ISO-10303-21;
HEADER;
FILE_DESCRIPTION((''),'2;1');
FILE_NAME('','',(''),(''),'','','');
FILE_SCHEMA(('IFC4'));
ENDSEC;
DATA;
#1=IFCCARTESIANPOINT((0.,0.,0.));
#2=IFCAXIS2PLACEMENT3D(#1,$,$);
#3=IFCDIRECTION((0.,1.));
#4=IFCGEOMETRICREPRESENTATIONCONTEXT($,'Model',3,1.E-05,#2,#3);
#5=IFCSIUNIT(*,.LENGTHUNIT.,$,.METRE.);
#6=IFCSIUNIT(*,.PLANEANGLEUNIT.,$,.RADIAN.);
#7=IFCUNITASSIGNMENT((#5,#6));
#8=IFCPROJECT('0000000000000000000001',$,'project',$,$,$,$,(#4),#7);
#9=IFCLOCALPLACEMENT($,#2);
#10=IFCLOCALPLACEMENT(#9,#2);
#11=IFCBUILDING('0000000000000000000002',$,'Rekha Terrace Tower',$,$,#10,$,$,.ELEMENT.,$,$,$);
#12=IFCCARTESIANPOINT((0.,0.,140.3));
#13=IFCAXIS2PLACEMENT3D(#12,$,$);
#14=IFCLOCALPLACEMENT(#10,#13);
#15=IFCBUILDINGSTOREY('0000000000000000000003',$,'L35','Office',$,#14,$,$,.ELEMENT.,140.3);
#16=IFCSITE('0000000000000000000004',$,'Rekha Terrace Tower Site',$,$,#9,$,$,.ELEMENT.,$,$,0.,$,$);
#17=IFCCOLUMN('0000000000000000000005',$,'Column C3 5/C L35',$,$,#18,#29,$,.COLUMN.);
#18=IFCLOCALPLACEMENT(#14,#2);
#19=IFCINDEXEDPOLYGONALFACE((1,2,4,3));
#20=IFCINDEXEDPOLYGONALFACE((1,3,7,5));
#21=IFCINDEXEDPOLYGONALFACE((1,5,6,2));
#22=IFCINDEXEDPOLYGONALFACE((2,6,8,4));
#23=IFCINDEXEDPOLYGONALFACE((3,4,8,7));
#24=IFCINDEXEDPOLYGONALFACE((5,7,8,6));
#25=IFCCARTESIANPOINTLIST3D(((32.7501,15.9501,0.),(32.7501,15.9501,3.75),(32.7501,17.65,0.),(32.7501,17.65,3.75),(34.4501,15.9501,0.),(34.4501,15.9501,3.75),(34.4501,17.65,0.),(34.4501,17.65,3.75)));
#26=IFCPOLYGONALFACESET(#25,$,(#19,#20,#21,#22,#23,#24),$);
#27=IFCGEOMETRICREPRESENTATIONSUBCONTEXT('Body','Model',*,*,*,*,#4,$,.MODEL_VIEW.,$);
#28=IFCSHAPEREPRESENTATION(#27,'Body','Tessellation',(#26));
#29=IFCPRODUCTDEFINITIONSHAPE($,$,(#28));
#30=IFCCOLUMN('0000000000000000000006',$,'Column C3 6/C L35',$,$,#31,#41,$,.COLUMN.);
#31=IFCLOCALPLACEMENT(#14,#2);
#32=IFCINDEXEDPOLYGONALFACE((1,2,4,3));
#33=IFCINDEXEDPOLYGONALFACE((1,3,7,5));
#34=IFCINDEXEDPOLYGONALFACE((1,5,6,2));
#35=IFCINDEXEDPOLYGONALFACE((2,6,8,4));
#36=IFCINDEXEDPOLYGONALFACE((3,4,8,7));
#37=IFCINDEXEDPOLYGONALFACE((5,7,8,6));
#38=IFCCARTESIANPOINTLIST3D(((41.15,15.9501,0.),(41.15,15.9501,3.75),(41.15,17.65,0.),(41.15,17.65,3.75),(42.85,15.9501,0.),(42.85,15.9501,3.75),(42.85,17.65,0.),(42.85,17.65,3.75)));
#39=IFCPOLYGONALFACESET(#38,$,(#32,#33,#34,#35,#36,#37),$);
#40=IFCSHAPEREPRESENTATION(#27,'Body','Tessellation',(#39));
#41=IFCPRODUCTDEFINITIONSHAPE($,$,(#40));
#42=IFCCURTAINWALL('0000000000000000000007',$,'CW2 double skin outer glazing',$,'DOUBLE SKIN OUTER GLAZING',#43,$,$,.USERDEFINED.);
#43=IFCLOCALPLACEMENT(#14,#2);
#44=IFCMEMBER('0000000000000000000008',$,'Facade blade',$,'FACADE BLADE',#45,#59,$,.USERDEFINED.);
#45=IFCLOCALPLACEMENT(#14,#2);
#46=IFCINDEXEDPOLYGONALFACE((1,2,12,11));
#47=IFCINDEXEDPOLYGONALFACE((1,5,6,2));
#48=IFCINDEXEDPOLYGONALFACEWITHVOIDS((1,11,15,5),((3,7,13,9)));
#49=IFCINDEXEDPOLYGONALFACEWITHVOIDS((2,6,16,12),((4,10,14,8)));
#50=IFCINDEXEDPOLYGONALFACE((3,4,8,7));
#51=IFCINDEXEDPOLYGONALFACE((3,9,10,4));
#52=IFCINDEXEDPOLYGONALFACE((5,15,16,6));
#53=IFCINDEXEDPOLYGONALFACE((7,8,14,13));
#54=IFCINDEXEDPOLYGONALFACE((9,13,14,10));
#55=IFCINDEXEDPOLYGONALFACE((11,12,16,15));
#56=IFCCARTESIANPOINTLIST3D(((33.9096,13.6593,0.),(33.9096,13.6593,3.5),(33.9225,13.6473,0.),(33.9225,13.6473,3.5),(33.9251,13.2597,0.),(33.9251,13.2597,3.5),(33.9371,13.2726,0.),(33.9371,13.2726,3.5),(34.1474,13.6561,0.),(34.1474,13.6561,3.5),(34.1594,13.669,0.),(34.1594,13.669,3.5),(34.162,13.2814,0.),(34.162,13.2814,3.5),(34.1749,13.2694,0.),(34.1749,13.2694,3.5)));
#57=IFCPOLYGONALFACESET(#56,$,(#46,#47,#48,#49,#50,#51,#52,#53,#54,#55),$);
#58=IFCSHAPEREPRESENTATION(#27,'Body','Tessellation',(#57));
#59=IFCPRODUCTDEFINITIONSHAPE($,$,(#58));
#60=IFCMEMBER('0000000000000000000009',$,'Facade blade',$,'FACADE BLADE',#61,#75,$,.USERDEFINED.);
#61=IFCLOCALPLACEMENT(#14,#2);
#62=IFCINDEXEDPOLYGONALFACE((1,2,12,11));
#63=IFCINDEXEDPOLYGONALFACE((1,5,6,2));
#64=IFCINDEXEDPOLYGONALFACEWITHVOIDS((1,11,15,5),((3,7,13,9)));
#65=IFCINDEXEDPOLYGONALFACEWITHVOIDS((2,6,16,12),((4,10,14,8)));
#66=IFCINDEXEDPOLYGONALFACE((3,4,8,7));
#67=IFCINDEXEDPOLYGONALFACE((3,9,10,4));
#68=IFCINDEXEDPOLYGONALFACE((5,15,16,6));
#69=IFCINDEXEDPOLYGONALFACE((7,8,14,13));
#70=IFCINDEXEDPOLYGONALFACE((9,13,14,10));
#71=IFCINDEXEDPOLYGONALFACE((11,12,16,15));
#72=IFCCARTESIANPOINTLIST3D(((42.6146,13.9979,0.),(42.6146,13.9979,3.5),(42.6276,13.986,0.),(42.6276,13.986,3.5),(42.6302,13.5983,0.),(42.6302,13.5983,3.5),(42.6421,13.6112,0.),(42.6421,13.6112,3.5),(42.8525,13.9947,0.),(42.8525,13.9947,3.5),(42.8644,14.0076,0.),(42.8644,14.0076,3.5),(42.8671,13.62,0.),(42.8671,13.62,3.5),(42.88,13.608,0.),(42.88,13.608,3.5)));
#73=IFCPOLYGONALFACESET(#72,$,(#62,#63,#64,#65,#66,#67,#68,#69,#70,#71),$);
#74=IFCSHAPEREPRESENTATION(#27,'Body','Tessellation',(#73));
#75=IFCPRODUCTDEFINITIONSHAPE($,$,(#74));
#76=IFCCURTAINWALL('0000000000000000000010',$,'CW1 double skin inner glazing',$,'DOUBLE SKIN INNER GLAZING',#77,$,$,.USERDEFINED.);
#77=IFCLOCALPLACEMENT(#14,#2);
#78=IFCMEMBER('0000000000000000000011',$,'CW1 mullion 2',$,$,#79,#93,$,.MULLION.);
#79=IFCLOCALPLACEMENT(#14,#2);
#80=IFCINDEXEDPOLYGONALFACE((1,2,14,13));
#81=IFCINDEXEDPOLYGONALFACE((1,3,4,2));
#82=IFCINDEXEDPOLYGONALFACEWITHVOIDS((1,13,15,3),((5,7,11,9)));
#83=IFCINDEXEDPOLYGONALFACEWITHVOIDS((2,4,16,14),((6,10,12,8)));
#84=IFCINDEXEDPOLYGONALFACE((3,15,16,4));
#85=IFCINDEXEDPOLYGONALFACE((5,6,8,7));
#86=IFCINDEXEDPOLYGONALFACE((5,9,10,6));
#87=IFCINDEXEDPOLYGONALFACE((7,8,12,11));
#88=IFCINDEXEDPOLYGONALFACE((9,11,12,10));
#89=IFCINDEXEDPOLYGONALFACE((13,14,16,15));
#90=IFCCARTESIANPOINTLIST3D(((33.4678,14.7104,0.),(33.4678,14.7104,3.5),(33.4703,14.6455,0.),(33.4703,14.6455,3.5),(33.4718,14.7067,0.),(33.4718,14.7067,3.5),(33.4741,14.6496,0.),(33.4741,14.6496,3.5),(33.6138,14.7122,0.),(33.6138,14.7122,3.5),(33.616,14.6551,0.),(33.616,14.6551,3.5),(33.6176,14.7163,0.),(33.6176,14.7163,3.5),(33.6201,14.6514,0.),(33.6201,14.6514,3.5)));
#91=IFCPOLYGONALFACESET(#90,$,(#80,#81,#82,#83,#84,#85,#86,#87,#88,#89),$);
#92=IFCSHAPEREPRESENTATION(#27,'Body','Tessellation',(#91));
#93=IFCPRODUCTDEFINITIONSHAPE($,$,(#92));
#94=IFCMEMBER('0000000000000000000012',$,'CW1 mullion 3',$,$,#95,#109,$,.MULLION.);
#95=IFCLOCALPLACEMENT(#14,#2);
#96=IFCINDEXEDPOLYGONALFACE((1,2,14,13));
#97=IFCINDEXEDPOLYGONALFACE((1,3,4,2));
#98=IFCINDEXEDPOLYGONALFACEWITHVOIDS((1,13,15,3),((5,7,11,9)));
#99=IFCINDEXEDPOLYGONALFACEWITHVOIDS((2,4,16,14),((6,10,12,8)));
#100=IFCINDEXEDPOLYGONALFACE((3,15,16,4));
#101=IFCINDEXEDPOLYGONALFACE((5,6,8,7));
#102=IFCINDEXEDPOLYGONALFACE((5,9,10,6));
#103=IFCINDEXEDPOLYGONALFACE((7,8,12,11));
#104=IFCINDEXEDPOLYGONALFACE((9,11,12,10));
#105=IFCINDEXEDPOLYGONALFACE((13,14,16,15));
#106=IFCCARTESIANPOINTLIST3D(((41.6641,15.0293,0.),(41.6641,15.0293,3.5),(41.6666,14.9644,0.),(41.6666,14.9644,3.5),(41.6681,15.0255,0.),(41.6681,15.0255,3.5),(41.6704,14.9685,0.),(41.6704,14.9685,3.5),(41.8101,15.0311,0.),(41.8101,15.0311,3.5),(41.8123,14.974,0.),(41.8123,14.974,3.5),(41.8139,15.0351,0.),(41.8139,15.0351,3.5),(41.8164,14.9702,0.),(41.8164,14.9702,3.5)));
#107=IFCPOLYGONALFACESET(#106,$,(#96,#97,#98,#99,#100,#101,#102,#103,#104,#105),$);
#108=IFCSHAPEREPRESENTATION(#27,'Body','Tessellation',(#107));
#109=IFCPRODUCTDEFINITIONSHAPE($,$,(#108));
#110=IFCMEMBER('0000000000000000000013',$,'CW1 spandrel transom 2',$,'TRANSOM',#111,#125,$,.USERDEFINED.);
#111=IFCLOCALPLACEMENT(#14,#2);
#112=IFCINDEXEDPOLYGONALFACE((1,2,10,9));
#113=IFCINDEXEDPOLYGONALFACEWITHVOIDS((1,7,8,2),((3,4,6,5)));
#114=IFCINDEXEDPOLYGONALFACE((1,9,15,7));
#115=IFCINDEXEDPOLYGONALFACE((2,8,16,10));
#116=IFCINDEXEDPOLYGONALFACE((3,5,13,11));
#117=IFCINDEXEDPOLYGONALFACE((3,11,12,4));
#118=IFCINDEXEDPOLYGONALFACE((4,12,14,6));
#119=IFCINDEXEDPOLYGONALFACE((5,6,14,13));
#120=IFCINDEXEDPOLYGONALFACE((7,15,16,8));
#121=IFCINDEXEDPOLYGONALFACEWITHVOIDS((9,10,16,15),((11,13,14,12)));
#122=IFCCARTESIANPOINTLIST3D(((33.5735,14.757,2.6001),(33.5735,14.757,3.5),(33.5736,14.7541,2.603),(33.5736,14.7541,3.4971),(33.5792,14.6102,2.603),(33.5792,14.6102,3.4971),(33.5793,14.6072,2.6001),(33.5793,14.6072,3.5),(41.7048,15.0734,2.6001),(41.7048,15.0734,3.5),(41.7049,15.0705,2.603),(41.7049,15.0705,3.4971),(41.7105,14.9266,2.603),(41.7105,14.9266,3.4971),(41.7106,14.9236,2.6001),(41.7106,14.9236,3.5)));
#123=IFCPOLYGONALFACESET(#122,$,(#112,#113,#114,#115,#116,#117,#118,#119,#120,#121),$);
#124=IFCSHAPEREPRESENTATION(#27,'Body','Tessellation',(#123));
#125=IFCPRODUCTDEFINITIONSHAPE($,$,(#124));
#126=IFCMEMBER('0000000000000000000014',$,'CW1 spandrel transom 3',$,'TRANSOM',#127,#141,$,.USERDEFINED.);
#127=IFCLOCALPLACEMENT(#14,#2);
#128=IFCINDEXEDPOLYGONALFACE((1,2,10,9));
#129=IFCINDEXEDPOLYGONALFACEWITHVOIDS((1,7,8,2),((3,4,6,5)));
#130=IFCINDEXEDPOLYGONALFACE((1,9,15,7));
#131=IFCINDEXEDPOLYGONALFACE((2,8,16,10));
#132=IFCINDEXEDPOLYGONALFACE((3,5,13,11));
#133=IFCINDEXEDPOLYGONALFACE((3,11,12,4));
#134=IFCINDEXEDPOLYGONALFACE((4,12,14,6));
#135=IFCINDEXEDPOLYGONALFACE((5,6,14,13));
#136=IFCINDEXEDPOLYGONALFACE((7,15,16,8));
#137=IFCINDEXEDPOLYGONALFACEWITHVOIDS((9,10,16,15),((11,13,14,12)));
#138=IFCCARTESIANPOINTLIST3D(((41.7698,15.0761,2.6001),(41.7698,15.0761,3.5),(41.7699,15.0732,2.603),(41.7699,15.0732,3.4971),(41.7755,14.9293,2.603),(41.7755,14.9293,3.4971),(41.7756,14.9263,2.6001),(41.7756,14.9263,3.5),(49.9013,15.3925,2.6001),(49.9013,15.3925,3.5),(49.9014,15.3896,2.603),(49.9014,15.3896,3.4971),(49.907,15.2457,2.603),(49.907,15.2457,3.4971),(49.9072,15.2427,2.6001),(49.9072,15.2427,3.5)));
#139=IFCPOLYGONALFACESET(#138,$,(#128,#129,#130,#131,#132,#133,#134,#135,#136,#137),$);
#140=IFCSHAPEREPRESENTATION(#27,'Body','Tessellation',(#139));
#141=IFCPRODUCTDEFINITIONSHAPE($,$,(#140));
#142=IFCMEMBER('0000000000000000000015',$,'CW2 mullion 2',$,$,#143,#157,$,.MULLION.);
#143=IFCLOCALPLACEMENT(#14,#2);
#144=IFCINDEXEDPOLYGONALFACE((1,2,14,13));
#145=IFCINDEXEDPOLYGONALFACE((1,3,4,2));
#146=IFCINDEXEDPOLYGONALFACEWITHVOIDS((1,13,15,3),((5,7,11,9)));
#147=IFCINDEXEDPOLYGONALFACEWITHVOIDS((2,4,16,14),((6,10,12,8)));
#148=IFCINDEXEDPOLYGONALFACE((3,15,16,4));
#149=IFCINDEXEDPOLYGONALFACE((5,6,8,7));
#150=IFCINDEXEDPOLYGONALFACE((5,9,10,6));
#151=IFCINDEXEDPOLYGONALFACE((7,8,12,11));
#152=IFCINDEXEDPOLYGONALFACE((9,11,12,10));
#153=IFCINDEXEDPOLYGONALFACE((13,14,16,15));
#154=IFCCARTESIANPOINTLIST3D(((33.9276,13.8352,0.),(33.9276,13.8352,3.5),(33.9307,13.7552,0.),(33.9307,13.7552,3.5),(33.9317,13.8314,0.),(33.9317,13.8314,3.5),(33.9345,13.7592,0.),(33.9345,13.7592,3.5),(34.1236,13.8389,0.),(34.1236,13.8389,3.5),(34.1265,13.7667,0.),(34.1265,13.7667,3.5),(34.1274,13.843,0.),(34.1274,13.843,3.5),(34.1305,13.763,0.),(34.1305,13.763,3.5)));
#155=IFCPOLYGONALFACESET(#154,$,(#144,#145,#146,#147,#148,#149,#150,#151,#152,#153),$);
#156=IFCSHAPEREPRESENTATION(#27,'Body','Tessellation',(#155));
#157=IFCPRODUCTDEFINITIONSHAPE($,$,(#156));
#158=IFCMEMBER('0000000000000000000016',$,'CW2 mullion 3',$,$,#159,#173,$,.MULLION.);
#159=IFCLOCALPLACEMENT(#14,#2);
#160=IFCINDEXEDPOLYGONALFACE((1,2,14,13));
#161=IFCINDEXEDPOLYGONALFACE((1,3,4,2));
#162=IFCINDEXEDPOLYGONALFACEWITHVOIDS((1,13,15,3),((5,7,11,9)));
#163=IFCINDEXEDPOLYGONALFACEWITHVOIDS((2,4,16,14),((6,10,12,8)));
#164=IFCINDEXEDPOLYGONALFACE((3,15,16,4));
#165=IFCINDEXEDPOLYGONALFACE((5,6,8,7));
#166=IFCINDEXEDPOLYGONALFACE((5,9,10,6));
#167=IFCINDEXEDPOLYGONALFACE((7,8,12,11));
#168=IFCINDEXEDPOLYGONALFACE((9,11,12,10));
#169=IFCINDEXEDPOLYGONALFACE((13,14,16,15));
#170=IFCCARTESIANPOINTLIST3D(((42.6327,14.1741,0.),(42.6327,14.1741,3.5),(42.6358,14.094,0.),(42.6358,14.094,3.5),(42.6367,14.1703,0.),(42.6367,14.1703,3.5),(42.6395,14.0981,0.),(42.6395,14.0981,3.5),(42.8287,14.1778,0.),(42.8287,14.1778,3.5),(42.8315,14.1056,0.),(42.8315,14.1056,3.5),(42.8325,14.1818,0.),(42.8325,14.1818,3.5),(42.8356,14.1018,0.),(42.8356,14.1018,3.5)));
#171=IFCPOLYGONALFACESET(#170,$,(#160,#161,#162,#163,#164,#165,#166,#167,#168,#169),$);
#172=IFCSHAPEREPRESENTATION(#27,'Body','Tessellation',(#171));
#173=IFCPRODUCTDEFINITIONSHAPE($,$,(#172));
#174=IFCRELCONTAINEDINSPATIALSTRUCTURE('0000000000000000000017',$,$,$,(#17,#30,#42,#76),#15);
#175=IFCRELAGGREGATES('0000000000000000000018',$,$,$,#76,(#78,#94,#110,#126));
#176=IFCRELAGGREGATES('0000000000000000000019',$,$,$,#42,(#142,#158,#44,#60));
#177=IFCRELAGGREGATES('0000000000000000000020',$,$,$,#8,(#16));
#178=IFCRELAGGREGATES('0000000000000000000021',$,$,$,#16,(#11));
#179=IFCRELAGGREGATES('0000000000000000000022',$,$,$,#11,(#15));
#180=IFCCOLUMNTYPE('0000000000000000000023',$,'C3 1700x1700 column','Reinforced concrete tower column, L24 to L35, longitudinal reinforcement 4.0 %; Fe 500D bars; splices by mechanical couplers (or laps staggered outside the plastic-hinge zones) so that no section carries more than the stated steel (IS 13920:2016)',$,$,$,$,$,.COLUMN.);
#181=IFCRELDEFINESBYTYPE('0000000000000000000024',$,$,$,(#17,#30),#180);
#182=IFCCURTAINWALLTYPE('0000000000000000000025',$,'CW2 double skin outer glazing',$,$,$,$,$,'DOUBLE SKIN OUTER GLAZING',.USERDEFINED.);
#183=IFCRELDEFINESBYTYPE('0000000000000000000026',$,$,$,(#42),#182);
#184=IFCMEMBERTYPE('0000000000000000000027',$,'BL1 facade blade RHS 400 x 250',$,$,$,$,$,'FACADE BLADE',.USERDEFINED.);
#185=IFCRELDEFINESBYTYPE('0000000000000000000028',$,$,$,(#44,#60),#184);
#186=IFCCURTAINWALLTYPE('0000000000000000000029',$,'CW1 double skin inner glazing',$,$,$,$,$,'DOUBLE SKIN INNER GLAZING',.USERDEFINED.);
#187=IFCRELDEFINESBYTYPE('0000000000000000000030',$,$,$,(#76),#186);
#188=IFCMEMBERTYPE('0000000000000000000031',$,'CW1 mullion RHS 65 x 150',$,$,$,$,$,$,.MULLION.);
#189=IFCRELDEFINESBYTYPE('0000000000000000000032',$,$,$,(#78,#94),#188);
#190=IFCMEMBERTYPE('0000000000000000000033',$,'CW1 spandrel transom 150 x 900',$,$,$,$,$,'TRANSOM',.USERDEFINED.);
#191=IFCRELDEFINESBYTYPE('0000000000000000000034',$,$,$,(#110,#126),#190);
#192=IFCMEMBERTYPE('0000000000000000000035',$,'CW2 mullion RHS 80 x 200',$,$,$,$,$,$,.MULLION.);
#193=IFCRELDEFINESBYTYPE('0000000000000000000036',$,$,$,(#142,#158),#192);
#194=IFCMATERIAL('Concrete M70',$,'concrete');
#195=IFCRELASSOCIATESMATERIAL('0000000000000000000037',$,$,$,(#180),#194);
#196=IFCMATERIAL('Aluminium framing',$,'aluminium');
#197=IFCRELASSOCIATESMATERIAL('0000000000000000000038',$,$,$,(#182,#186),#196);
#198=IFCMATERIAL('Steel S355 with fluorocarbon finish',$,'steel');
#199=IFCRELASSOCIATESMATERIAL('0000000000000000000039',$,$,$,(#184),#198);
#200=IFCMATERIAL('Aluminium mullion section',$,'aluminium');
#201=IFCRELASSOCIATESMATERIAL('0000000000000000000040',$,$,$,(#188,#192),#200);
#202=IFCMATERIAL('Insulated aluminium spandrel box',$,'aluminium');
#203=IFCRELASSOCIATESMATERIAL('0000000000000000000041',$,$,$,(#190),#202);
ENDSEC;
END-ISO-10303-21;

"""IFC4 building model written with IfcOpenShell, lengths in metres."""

from ifc_helpers import new_model, si_unit, direction, frame, origin, origin_2d, place, context, subcontext, project, spatial, rectangle, hollow_rectangle, extrude, material, material_profile, profile_set, type_object, element, aggregate, save


model = new_model("IFC4")

# Units and contexts
model_context = context("Model", 3, precision=1e-05, world=origin(), true_north=direction((0.0, 1.0)))
body_context = subcontext(model_context, "Body", "Model", "MODEL_VIEW")
ifc_project = project(units=[si_unit("LENGTHUNIT", "METRE"), si_unit("PLANEANGLEUNIT", "RADIAN")], contexts=[model_context])

# Site, building, storey
site_placement = place(None, origin())
site = spatial("IfcSite", under=ifc_project, at=site_placement, Name="Rekha Terrace Tower Site", CompositionType="ELEMENT", RefElevation=0.0)
building_placement = place(site_placement, origin())
building = spatial("IfcBuilding", under=site, at=building_placement, Name="Rekha Terrace Tower", CompositionType="ELEMENT")
storey_placement = place(building_placement, frame((0.0, 0.0, 140.3)))
storey = spatial("IfcBuildingStorey", under=building, at=storey_placement, Name="L35", Description="Office", CompositionType="ELEMENT", Elevation=140.3)

# Columns
ifc_material_1 = material(Name="Concrete M70", Category="concrete")
ifc_material_profile_1 = material_profile(ifc_material_1, rectangle(XDim=1.7, YDim=1.7, at=origin_2d()), Name="RC 1700x1700")
ifc_profile_set_1 = profile_set([ifc_material_profile_1], Name="Concrete M70")
column_type = type_object("IfcColumnType", Name="C3 1700x1700 column", Description="Reinforced concrete tower column, L24 to L35, longitudinal reinforcement 4.0 %; Fe 500D bars; splices by mechanical couplers (or laps staggered outside the plastic-hinge zones) so that no section carries more than the stated steel (IS 13920:2016)", PredefinedType="COLUMN", material=ifc_profile_set_1)
for number, where, z_axis, x_axis, name in (
    (1, (33.6001, 16.8, 0.0), (0.0, 0.0, 1.0), (1.0, 0.0, 0.0), "Column C3 5/C L35"),
    (2, (42.0, 16.8, 0.0), (0.0, 0.0, 1.0), (1.0, 0.0, 0.0), "Column C3 6/C L35"),
):
    element("IfcColumn", number, at=place(storey_placement, frame(where, z_axis=z_axis, x_axis=x_axis)), inside=storey, type_object=column_type, Name=name, PredefinedType="COLUMN", context=body_context, shape_type="SweptSolid", body=[
        extrude(rectangle(XDim=1.7, YDim=1.7, at=origin_2d()), origin(), (0.0, 0.0, 1.0), 3.75),
    ])

# Curtain walls, members
ifc_material_2 = material(Name="Aluminium framing", Category="aluminium")
curtain_wall_type_1 = type_object("IfcCurtainWallType", Name="CW2 double skin outer glazing", ElementType="DOUBLE SKIN OUTER GLAZING", PredefinedType="USERDEFINED", material=ifc_material_2)
curtain_wall_1_placement = place(storey_placement, origin())
curtain_wall_1 = element("IfcCurtainWall", 3, at=curtain_wall_1_placement, inside=storey, type_object=curtain_wall_type_1, Name="CW2 double skin outer glazing", ObjectType="DOUBLE SKIN OUTER GLAZING", PredefinedType="USERDEFINED")
ifc_material_3 = material(Name="Steel S355 with fluorocarbon finish", Category="steel")
ifc_material_profile_2 = material_profile(ifc_material_3, hollow_rectangle(XDim=0.25, YDim=0.3999, WallThickness=0.0125, at=origin_2d()), Name="RHS400x250x12.5")
ifc_profile_set_2 = profile_set([ifc_material_profile_2], Name="Steel S355 with fluorocarbon finish")
member_type_1 = type_object("IfcMemberType", Name="BL1 facade blade RHS 400 x 250", ElementType="FACADE BLADE", PredefinedType="USERDEFINED", material=ifc_profile_set_2)
member_1_placement = place(storey_placement, frame((34.0422, 13.4644, 0.0), z_axis=(0.0, 0.0, 1.0), x_axis=(0.999243, 0.03889, 0.0)))
member_1 = element("IfcMember", 4, at=member_1_placement, type_object=member_type_1, Name="Facade blade", ObjectType="FACADE BLADE", PredefinedType="USERDEFINED", context=body_context, shape_type="SweptSolid", body=[
    extrude(hollow_rectangle(XDim=0.25, YDim=0.3999, WallThickness=0.0125, at=origin_2d()), origin(), (0.0, 0.0, 1.0), 3.5),
])
member_2_placement = place(storey_placement, frame((42.7473, 13.803, 0.0), z_axis=(0.0, 0.0, 1.0), x_axis=(0.999243, 0.03889, 0.0)))
member_2 = element("IfcMember", 5, at=member_2_placement, type_object=member_type_1, Name="Facade blade", ObjectType="FACADE BLADE", PredefinedType="USERDEFINED", context=body_context, shape_type="SweptSolid", body=[
    extrude(hollow_rectangle(XDim=0.25, YDim=0.3999, WallThickness=0.0125, at=origin_2d()), origin(), (0.0, 0.0, 1.0), 3.5),
])
curtain_wall_type_2 = type_object("IfcCurtainWallType", Name="CW1 double skin inner glazing", ElementType="DOUBLE SKIN INNER GLAZING", PredefinedType="USERDEFINED", material=ifc_material_2)
curtain_wall_2_placement = place(storey_placement, origin())
curtain_wall_2 = element("IfcCurtainWall", 6, at=curtain_wall_2_placement, inside=storey, type_object=curtain_wall_type_2, Name="CW1 double skin inner glazing", ObjectType="DOUBLE SKIN INNER GLAZING", PredefinedType="USERDEFINED")
ifc_material_4 = material(Name="Aluminium mullion section", Category="aluminium")
ifc_material_profile_3 = material_profile(ifc_material_4, hollow_rectangle(XDim=0.0649, YDim=0.1499, WallThickness=0.0039, at=origin_2d()), Name="AL RHS 65x150")
ifc_profile_set_3 = profile_set([ifc_material_profile_3], Name="Aluminium mullion section")
member_type_2 = type_object("IfcMemberType", Name="CW1 mullion RHS 65 x 150", PredefinedType="MULLION", material=ifc_profile_set_3)
member_3_placement = place(storey_placement, frame((33.5439, 14.6809, 0.0), z_axis=(0.0, 0.0, 1.0), x_axis=(-0.03889, 0.999243, 0.0)))
member_3 = element("IfcMember", 7, at=member_3_placement, type_object=member_type_2, Name="CW1 mullion 2", PredefinedType="MULLION", context=body_context, shape_type="SweptSolid", body=[
    extrude(hollow_rectangle(XDim=0.0649, YDim=0.1499, WallThickness=0.0039, at=origin_2d()), origin(), (0.0, 0.0, 1.0), 3.5),
])
member_4_placement = place(storey_placement, frame((41.7402, 14.9998, 0.0), z_axis=(0.0, 0.0, 1.0), x_axis=(-0.03889, 0.999243, 0.0)))
member_4 = element("IfcMember", 8, at=member_4_placement, type_object=member_type_2, Name="CW1 mullion 3", PredefinedType="MULLION", context=body_context, shape_type="SweptSolid", body=[
    extrude(hollow_rectangle(XDim=0.0649, YDim=0.1499, WallThickness=0.0039, at=origin_2d()), origin(), (0.0, 0.0, 1.0), 3.5),
])
ifc_material_5 = material(Name="Insulated aluminium spandrel box", Category="aluminium")
ifc_material_profile_4 = material_profile(ifc_material_5, hollow_rectangle(XDim=0.1499, YDim=0.8999, WallThickness=0.0029, at=origin_2d()), Name="AL SPANDREL BOX 150x900")
ifc_profile_set_4 = profile_set([ifc_material_profile_4], Name="Insulated aluminium spandrel box")
member_type_3 = type_object("IfcMemberType", Name="CW1 spandrel transom 150 x 900", ElementType="TRANSOM", PredefinedType="USERDEFINED", material=ifc_profile_set_4)
member_5_placement = place(storey_placement, frame((33.5764, 14.6821, 3.05), z_axis=(0.999244, 0.038882, 0.0), x_axis=(-0.038882, 0.999244, 0.0)))
member_5 = element("IfcMember", 9, at=member_5_placement, type_object=member_type_3, Name="CW1 spandrel transom 2", ObjectType="TRANSOM", PredefinedType="USERDEFINED", context=body_context, shape_type="SweptSolid", body=[
    extrude(hollow_rectangle(XDim=0.1499, YDim=0.8999, WallThickness=0.0029, at=origin_2d()), origin(), (0.0, 0.0, 1.0), 8.1375),
])
member_6_placement = place(storey_placement, frame((41.7727, 15.0012, 3.05), z_axis=(0.999244, 0.038881, 0.0), x_axis=(-0.038881, 0.999244, 0.0)))
member_6 = element("IfcMember", 10, at=member_6_placement, type_object=member_type_3, Name="CW1 spandrel transom 3", ObjectType="TRANSOM", PredefinedType="USERDEFINED", context=body_context, shape_type="SweptSolid", body=[
    extrude(hollow_rectangle(XDim=0.1499, YDim=0.8999, WallThickness=0.0029, at=origin_2d()), origin(), (0.0, 0.0, 1.0), 8.1377),
])

# Members
ifc_material_profile_5 = material_profile(ifc_material_4, hollow_rectangle(XDim=0.0801, YDim=0.2, WallThickness=0.0039, at=origin_2d()), Name="AL RHS 80x200")
ifc_profile_set_5 = profile_set([ifc_material_profile_5], Name="Aluminium mullion section")
member_type_4 = type_object("IfcMemberType", Name="CW2 mullion RHS 80 x 200", PredefinedType="MULLION", material=ifc_profile_set_5)
member_7_placement = place(storey_placement, frame((34.0291, 13.7991, 0.0), z_axis=(0.0, 0.0, 1.0), x_axis=(-0.03889, 0.999243, 0.0)))
member_7 = element("IfcMember", 11, at=member_7_placement, type_object=member_type_4, Name="CW2 mullion 2", PredefinedType="MULLION", context=body_context, shape_type="SweptSolid", body=[
    extrude(hollow_rectangle(XDim=0.0801, YDim=0.2, WallThickness=0.0039, at=origin_2d()), origin(), (0.0, 0.0, 1.0), 3.5),
])
member_8_placement = place(storey_placement, frame((42.7341, 14.1379, 0.0), z_axis=(0.0, 0.0, 1.0), x_axis=(-0.03889, 0.999243, 0.0)))
member_8 = element("IfcMember", 12, at=member_8_placement, type_object=member_type_4, Name="CW2 mullion 3", PredefinedType="MULLION", context=body_context, shape_type="SweptSolid", body=[
    extrude(hollow_rectangle(XDim=0.0801, YDim=0.2, WallThickness=0.0039, at=origin_2d()), origin(), (0.0, 0.0, 1.0), 3.5),
])

aggregate(curtain_wall_2, [member_3, member_4, member_5, member_6])
aggregate(curtain_wall_1, [member_7, member_8, member_1, member_2])

save(model, "model.ifc")
